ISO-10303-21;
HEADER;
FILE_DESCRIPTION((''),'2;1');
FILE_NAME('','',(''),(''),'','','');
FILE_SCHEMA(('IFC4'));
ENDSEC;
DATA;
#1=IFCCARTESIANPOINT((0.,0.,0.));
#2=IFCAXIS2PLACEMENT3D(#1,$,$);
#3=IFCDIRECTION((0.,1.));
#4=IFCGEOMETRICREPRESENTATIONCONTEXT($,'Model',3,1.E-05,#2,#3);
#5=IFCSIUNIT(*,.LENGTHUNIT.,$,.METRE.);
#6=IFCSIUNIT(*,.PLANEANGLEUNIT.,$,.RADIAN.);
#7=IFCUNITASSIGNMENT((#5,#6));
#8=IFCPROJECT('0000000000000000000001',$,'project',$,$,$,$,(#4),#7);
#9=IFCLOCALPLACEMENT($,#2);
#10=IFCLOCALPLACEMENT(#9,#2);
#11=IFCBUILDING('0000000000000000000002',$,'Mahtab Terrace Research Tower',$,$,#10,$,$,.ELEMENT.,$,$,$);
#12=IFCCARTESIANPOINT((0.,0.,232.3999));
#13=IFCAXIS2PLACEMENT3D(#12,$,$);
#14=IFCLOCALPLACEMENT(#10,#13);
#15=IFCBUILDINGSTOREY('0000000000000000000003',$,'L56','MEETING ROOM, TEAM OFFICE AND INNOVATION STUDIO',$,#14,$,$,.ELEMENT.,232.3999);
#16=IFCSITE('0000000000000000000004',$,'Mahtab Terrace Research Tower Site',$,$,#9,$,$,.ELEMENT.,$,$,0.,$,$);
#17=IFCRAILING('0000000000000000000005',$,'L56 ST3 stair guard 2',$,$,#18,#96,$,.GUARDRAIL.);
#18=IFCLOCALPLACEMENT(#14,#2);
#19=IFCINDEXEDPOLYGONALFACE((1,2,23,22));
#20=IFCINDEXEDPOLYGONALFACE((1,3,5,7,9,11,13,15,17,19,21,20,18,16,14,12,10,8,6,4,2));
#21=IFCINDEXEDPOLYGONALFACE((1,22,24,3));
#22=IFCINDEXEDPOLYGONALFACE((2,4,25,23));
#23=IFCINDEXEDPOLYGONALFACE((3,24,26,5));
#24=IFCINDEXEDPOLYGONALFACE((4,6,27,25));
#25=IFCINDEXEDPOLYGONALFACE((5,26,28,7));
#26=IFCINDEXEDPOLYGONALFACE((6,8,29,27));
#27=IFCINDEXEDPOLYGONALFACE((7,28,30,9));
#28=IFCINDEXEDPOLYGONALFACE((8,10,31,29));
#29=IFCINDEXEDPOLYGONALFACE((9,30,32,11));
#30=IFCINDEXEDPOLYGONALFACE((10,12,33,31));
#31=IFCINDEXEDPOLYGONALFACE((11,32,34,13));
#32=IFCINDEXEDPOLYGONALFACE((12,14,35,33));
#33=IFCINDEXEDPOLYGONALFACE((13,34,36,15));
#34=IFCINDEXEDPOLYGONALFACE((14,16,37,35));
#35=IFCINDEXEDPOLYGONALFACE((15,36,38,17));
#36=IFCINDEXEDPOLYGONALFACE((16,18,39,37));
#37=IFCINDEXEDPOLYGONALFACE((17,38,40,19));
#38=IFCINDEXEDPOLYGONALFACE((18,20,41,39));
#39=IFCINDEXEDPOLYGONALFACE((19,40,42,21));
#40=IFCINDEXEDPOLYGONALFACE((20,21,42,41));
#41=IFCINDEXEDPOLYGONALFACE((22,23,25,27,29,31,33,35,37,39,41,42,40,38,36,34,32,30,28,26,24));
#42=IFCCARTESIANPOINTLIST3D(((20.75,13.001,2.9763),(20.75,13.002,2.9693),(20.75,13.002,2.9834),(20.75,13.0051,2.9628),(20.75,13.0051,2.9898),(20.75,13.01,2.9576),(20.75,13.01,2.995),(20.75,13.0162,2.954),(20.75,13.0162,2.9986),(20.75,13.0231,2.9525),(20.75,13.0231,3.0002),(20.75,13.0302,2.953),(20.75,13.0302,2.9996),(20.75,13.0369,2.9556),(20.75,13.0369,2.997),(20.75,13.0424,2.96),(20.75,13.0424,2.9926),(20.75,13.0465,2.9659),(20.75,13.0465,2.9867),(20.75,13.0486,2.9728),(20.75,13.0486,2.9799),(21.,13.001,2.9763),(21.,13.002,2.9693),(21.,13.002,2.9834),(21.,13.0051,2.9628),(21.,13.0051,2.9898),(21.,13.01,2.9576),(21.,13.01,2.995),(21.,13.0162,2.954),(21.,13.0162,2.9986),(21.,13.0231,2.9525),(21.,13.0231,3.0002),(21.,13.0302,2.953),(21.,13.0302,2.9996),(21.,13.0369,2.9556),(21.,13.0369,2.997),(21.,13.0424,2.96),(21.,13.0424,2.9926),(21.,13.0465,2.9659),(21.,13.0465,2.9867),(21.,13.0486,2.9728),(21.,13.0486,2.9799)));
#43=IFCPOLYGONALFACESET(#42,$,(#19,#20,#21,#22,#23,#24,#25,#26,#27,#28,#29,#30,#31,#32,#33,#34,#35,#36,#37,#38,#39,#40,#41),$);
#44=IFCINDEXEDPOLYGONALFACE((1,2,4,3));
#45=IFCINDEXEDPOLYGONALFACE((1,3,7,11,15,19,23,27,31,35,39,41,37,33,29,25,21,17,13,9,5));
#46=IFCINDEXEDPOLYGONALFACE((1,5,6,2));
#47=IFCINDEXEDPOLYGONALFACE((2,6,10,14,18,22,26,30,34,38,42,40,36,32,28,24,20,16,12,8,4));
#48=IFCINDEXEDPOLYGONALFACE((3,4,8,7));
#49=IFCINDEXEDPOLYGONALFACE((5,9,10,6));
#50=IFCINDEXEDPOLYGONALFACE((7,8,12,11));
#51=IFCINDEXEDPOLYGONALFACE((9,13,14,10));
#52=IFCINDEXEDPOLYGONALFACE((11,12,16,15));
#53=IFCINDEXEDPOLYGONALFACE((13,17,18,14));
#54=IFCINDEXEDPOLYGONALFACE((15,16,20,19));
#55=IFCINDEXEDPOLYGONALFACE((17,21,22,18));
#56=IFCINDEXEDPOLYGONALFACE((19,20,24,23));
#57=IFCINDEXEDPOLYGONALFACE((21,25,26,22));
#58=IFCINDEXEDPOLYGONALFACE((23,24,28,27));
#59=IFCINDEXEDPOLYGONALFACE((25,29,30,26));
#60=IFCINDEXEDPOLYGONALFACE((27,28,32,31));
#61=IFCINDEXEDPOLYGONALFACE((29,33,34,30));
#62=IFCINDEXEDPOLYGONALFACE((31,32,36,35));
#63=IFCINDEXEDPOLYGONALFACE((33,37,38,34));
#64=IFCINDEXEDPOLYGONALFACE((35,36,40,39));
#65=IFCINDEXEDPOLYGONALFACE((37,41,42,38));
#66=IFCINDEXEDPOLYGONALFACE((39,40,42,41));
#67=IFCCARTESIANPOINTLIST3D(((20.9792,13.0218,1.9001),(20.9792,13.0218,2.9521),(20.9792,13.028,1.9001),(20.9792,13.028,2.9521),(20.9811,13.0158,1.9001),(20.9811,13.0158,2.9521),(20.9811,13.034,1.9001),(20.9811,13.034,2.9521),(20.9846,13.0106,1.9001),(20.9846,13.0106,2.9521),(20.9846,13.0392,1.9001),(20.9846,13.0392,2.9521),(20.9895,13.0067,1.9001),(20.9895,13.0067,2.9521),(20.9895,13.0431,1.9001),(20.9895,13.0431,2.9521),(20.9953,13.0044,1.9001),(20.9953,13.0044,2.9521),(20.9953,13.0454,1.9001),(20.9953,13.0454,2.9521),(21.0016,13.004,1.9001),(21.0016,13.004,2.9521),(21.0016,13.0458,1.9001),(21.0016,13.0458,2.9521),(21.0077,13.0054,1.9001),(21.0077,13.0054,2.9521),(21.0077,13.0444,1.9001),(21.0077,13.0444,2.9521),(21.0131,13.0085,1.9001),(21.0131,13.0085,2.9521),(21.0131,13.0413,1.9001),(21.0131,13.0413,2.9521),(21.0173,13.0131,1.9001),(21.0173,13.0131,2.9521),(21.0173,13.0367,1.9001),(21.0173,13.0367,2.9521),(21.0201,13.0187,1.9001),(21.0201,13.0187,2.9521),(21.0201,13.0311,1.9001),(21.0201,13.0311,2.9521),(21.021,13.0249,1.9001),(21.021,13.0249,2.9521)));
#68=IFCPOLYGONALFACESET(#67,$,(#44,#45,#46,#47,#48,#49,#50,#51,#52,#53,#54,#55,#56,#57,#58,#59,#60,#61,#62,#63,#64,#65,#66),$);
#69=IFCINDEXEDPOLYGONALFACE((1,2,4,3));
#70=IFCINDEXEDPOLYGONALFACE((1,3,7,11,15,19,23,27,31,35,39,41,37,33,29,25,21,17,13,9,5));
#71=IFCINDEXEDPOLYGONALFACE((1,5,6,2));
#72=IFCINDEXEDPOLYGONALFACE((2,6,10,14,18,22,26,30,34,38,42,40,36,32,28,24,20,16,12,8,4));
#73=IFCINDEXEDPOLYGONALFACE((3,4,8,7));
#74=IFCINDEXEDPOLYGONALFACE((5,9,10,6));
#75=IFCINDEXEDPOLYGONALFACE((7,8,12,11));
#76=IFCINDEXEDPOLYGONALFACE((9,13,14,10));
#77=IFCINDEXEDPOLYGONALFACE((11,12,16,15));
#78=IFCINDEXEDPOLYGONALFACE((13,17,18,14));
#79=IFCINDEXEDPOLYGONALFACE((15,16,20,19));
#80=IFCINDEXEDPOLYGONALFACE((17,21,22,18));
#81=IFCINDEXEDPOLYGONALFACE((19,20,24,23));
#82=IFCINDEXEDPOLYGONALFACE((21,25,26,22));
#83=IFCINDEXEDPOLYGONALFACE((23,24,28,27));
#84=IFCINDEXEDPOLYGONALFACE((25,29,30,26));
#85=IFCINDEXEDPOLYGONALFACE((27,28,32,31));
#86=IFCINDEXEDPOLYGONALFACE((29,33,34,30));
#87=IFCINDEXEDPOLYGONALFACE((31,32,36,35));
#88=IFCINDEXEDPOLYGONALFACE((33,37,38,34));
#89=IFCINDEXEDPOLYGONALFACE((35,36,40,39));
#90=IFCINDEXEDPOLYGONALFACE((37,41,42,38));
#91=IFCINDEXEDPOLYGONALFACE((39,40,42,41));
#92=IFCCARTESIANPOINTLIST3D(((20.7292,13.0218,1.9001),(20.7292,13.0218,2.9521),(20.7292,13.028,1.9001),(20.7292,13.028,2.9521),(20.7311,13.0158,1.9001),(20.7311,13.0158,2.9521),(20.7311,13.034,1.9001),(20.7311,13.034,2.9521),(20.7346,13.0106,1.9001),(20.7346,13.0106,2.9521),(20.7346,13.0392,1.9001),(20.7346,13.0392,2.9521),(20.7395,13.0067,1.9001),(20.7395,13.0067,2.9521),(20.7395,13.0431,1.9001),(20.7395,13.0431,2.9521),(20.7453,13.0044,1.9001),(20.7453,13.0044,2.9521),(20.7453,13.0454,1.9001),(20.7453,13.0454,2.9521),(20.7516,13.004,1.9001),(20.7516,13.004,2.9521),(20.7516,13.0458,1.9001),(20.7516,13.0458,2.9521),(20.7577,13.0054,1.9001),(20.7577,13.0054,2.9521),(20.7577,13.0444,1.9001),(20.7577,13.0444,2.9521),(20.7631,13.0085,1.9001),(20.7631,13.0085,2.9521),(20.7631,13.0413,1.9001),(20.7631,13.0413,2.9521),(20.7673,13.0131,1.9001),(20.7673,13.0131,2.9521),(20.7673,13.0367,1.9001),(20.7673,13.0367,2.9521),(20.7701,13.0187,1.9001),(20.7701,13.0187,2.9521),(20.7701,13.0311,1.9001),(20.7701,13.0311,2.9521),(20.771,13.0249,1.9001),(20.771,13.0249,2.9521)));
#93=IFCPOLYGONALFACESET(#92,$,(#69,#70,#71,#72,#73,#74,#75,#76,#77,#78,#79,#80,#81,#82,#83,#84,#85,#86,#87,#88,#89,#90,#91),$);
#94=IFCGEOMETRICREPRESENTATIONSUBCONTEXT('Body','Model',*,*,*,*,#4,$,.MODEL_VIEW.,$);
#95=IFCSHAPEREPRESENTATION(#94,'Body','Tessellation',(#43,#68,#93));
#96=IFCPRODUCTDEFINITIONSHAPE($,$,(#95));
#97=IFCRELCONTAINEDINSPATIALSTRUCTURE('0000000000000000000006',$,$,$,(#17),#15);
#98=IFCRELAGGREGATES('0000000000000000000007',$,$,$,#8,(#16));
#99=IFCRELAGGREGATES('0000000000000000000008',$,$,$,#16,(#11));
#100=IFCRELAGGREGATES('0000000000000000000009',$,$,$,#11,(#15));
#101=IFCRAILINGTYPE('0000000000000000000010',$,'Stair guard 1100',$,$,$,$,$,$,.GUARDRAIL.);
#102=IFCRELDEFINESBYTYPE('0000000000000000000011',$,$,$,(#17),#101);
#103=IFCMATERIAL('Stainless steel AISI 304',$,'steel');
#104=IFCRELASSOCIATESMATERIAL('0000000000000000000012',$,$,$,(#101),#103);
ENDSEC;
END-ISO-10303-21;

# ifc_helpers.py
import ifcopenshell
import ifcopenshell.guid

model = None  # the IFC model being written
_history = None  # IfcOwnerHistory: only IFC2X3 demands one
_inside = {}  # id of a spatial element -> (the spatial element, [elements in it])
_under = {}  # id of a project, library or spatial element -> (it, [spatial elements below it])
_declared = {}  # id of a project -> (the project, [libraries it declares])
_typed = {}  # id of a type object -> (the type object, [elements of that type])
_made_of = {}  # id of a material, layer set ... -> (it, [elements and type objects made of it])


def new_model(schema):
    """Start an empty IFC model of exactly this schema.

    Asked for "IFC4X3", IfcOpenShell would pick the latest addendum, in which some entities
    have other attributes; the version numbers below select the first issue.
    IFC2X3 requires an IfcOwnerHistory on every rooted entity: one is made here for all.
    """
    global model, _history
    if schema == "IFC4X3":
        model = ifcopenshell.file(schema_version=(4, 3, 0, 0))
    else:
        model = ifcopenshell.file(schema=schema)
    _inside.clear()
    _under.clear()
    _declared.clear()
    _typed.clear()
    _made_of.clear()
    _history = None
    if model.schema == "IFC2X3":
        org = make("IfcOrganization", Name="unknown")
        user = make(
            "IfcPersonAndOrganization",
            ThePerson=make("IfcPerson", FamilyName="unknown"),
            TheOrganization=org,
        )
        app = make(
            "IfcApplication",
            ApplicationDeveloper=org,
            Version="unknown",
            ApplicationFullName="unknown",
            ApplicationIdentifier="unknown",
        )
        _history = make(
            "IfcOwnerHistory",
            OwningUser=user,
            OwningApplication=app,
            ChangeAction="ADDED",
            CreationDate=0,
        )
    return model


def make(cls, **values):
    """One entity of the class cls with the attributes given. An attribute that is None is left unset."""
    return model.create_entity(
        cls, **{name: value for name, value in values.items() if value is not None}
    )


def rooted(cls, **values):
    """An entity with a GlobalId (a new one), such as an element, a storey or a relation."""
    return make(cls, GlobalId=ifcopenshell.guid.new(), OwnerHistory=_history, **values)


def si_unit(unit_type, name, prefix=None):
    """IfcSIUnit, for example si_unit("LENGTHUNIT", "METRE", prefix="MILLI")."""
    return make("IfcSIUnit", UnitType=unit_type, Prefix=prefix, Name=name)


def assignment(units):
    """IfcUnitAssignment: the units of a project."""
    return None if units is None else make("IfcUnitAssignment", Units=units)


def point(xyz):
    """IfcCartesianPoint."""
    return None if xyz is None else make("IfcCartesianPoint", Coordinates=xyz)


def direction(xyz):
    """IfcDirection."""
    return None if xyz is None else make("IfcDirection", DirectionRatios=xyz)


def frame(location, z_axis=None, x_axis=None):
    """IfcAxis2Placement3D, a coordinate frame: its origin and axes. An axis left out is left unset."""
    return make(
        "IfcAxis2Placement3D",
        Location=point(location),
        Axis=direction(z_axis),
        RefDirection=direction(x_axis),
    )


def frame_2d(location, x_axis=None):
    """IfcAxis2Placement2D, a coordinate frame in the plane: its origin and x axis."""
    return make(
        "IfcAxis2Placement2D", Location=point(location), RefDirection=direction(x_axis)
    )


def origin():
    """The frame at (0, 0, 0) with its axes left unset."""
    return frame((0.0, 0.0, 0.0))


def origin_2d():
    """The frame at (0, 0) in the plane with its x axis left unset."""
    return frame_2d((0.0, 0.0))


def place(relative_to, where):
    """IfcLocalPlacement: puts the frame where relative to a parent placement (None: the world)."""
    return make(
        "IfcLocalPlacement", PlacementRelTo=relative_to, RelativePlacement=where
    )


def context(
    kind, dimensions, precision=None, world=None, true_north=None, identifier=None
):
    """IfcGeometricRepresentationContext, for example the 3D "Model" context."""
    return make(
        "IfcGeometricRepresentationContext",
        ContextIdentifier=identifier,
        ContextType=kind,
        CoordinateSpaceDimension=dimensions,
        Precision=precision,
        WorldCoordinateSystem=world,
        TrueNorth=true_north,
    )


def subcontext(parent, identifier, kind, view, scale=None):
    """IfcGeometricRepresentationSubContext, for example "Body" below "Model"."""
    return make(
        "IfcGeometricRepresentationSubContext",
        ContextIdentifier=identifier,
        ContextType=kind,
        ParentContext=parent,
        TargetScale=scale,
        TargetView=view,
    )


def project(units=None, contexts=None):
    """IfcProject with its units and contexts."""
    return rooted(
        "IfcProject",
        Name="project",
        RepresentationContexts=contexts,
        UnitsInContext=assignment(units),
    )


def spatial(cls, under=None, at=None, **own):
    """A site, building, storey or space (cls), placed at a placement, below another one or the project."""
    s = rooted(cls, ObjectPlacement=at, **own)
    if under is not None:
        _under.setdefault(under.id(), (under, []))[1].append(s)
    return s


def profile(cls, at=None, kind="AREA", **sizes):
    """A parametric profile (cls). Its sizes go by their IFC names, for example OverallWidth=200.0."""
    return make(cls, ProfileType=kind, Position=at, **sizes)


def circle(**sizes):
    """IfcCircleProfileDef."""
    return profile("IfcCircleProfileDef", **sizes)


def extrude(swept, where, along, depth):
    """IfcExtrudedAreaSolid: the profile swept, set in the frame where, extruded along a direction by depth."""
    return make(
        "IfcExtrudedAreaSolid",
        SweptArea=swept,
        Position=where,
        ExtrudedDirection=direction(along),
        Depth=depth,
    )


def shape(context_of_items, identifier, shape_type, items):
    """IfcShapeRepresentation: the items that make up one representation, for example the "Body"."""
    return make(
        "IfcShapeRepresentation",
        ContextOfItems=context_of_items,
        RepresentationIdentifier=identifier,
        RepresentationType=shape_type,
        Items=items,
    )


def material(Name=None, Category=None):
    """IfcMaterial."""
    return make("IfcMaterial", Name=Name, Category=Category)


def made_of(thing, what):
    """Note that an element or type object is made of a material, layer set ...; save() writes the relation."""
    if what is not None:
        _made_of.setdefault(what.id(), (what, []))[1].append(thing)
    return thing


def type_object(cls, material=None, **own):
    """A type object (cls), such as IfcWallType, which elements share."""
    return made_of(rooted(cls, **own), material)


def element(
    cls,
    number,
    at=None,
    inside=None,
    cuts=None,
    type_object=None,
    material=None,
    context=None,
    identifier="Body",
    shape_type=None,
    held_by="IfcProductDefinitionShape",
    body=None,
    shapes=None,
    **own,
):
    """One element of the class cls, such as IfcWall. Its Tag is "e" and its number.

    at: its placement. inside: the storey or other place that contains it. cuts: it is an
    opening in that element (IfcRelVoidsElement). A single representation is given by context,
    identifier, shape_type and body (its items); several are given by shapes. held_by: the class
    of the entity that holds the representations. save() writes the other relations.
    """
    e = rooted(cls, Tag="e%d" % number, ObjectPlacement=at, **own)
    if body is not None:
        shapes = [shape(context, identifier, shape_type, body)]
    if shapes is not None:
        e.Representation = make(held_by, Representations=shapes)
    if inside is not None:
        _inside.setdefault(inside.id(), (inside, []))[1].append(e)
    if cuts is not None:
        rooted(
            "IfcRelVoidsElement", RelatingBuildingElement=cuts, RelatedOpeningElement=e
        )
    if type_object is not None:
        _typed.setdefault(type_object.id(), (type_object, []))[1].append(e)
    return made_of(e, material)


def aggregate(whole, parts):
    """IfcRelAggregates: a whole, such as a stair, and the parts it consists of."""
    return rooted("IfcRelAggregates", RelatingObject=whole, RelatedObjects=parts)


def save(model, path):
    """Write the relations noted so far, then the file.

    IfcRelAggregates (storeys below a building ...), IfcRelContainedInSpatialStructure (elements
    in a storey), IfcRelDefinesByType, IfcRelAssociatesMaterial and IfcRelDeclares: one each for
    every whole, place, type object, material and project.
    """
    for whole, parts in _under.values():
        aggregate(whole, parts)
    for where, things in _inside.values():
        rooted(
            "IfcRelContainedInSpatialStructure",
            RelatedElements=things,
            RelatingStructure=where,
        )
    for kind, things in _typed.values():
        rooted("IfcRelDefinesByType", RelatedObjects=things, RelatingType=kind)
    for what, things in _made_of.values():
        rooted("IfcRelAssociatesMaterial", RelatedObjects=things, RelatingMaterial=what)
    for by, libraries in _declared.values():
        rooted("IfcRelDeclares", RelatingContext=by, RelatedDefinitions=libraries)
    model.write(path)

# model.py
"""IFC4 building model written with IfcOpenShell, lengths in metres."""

from ifc_helpers import new_model, si_unit, direction, frame, origin, origin_2d, place, context, subcontext, project, spatial, circle, extrude, material, type_object, element, save


model = new_model("IFC4")

# Units and contexts
model_context = context("Model", 3, precision=1e-05, world=origin(), true_north=direction((0.0, 1.0)))
body_context = subcontext(model_context, "Body", "Model", "MODEL_VIEW")
ifc_project = project(units=[si_unit("LENGTHUNIT", "METRE"), si_unit("PLANEANGLEUNIT", "RADIAN")], contexts=[model_context])

# Site, building, storey
site_placement = place(None, origin())
site = spatial("IfcSite", under=ifc_project, at=site_placement, Name="Mahtab Terrace Research Tower Site", CompositionType="ELEMENT", RefElevation=0.0)
building_placement = place(site_placement, origin())
building = spatial("IfcBuilding", under=site, at=building_placement, Name="Mahtab Terrace Research Tower", CompositionType="ELEMENT")
storey_placement = place(building_placement, frame((0.0, 0.0, 232.3999)))
storey = spatial("IfcBuildingStorey", under=building, at=storey_placement, Name="L56", Description="MEETING ROOM, TEAM OFFICE AND INNOVATION STUDIO", CompositionType="ELEMENT", Elevation=232.3999)

# Shared definitions
ifc_material_1 = material(Name="Stainless steel AISI 304", Category="steel")

# Railing
railing_type_1 = type_object("IfcRailingType", Name="Stair guard 1100", PredefinedType="GUARDRAIL", material=ifc_material_1)
railing_1_placement = place(storey_placement, frame((21.0, 13.0249, 1.9001)))
element("IfcRailing", 1, at=railing_1_placement, inside=storey, type_object=railing_type_1, Name="L56 ST3 stair guard 2", PredefinedType="GUARDRAIL", context=body_context, shape_type="SweptSolid", body=[
    extrude(circle(Radius=0.0239, at=origin_2d()), frame((0.0, 0.0, 1.0762), z_axis=(-1.0, 0.0, 0.0), x_axis=(0.0, -1.0, 0.0)), (0.0, 0.0, 1.0), 0.25),
    extrude(circle(Radius=0.021, at=origin_2d()), origin(), (0.0, 0.0, 1.0), 1.052),
    extrude(circle(Radius=0.021, at=origin_2d()), frame((-0.25, 0.0, 0.0)), (0.0, 0.0, 1.0), 1.052),
])

save(model, "model.ifc")
